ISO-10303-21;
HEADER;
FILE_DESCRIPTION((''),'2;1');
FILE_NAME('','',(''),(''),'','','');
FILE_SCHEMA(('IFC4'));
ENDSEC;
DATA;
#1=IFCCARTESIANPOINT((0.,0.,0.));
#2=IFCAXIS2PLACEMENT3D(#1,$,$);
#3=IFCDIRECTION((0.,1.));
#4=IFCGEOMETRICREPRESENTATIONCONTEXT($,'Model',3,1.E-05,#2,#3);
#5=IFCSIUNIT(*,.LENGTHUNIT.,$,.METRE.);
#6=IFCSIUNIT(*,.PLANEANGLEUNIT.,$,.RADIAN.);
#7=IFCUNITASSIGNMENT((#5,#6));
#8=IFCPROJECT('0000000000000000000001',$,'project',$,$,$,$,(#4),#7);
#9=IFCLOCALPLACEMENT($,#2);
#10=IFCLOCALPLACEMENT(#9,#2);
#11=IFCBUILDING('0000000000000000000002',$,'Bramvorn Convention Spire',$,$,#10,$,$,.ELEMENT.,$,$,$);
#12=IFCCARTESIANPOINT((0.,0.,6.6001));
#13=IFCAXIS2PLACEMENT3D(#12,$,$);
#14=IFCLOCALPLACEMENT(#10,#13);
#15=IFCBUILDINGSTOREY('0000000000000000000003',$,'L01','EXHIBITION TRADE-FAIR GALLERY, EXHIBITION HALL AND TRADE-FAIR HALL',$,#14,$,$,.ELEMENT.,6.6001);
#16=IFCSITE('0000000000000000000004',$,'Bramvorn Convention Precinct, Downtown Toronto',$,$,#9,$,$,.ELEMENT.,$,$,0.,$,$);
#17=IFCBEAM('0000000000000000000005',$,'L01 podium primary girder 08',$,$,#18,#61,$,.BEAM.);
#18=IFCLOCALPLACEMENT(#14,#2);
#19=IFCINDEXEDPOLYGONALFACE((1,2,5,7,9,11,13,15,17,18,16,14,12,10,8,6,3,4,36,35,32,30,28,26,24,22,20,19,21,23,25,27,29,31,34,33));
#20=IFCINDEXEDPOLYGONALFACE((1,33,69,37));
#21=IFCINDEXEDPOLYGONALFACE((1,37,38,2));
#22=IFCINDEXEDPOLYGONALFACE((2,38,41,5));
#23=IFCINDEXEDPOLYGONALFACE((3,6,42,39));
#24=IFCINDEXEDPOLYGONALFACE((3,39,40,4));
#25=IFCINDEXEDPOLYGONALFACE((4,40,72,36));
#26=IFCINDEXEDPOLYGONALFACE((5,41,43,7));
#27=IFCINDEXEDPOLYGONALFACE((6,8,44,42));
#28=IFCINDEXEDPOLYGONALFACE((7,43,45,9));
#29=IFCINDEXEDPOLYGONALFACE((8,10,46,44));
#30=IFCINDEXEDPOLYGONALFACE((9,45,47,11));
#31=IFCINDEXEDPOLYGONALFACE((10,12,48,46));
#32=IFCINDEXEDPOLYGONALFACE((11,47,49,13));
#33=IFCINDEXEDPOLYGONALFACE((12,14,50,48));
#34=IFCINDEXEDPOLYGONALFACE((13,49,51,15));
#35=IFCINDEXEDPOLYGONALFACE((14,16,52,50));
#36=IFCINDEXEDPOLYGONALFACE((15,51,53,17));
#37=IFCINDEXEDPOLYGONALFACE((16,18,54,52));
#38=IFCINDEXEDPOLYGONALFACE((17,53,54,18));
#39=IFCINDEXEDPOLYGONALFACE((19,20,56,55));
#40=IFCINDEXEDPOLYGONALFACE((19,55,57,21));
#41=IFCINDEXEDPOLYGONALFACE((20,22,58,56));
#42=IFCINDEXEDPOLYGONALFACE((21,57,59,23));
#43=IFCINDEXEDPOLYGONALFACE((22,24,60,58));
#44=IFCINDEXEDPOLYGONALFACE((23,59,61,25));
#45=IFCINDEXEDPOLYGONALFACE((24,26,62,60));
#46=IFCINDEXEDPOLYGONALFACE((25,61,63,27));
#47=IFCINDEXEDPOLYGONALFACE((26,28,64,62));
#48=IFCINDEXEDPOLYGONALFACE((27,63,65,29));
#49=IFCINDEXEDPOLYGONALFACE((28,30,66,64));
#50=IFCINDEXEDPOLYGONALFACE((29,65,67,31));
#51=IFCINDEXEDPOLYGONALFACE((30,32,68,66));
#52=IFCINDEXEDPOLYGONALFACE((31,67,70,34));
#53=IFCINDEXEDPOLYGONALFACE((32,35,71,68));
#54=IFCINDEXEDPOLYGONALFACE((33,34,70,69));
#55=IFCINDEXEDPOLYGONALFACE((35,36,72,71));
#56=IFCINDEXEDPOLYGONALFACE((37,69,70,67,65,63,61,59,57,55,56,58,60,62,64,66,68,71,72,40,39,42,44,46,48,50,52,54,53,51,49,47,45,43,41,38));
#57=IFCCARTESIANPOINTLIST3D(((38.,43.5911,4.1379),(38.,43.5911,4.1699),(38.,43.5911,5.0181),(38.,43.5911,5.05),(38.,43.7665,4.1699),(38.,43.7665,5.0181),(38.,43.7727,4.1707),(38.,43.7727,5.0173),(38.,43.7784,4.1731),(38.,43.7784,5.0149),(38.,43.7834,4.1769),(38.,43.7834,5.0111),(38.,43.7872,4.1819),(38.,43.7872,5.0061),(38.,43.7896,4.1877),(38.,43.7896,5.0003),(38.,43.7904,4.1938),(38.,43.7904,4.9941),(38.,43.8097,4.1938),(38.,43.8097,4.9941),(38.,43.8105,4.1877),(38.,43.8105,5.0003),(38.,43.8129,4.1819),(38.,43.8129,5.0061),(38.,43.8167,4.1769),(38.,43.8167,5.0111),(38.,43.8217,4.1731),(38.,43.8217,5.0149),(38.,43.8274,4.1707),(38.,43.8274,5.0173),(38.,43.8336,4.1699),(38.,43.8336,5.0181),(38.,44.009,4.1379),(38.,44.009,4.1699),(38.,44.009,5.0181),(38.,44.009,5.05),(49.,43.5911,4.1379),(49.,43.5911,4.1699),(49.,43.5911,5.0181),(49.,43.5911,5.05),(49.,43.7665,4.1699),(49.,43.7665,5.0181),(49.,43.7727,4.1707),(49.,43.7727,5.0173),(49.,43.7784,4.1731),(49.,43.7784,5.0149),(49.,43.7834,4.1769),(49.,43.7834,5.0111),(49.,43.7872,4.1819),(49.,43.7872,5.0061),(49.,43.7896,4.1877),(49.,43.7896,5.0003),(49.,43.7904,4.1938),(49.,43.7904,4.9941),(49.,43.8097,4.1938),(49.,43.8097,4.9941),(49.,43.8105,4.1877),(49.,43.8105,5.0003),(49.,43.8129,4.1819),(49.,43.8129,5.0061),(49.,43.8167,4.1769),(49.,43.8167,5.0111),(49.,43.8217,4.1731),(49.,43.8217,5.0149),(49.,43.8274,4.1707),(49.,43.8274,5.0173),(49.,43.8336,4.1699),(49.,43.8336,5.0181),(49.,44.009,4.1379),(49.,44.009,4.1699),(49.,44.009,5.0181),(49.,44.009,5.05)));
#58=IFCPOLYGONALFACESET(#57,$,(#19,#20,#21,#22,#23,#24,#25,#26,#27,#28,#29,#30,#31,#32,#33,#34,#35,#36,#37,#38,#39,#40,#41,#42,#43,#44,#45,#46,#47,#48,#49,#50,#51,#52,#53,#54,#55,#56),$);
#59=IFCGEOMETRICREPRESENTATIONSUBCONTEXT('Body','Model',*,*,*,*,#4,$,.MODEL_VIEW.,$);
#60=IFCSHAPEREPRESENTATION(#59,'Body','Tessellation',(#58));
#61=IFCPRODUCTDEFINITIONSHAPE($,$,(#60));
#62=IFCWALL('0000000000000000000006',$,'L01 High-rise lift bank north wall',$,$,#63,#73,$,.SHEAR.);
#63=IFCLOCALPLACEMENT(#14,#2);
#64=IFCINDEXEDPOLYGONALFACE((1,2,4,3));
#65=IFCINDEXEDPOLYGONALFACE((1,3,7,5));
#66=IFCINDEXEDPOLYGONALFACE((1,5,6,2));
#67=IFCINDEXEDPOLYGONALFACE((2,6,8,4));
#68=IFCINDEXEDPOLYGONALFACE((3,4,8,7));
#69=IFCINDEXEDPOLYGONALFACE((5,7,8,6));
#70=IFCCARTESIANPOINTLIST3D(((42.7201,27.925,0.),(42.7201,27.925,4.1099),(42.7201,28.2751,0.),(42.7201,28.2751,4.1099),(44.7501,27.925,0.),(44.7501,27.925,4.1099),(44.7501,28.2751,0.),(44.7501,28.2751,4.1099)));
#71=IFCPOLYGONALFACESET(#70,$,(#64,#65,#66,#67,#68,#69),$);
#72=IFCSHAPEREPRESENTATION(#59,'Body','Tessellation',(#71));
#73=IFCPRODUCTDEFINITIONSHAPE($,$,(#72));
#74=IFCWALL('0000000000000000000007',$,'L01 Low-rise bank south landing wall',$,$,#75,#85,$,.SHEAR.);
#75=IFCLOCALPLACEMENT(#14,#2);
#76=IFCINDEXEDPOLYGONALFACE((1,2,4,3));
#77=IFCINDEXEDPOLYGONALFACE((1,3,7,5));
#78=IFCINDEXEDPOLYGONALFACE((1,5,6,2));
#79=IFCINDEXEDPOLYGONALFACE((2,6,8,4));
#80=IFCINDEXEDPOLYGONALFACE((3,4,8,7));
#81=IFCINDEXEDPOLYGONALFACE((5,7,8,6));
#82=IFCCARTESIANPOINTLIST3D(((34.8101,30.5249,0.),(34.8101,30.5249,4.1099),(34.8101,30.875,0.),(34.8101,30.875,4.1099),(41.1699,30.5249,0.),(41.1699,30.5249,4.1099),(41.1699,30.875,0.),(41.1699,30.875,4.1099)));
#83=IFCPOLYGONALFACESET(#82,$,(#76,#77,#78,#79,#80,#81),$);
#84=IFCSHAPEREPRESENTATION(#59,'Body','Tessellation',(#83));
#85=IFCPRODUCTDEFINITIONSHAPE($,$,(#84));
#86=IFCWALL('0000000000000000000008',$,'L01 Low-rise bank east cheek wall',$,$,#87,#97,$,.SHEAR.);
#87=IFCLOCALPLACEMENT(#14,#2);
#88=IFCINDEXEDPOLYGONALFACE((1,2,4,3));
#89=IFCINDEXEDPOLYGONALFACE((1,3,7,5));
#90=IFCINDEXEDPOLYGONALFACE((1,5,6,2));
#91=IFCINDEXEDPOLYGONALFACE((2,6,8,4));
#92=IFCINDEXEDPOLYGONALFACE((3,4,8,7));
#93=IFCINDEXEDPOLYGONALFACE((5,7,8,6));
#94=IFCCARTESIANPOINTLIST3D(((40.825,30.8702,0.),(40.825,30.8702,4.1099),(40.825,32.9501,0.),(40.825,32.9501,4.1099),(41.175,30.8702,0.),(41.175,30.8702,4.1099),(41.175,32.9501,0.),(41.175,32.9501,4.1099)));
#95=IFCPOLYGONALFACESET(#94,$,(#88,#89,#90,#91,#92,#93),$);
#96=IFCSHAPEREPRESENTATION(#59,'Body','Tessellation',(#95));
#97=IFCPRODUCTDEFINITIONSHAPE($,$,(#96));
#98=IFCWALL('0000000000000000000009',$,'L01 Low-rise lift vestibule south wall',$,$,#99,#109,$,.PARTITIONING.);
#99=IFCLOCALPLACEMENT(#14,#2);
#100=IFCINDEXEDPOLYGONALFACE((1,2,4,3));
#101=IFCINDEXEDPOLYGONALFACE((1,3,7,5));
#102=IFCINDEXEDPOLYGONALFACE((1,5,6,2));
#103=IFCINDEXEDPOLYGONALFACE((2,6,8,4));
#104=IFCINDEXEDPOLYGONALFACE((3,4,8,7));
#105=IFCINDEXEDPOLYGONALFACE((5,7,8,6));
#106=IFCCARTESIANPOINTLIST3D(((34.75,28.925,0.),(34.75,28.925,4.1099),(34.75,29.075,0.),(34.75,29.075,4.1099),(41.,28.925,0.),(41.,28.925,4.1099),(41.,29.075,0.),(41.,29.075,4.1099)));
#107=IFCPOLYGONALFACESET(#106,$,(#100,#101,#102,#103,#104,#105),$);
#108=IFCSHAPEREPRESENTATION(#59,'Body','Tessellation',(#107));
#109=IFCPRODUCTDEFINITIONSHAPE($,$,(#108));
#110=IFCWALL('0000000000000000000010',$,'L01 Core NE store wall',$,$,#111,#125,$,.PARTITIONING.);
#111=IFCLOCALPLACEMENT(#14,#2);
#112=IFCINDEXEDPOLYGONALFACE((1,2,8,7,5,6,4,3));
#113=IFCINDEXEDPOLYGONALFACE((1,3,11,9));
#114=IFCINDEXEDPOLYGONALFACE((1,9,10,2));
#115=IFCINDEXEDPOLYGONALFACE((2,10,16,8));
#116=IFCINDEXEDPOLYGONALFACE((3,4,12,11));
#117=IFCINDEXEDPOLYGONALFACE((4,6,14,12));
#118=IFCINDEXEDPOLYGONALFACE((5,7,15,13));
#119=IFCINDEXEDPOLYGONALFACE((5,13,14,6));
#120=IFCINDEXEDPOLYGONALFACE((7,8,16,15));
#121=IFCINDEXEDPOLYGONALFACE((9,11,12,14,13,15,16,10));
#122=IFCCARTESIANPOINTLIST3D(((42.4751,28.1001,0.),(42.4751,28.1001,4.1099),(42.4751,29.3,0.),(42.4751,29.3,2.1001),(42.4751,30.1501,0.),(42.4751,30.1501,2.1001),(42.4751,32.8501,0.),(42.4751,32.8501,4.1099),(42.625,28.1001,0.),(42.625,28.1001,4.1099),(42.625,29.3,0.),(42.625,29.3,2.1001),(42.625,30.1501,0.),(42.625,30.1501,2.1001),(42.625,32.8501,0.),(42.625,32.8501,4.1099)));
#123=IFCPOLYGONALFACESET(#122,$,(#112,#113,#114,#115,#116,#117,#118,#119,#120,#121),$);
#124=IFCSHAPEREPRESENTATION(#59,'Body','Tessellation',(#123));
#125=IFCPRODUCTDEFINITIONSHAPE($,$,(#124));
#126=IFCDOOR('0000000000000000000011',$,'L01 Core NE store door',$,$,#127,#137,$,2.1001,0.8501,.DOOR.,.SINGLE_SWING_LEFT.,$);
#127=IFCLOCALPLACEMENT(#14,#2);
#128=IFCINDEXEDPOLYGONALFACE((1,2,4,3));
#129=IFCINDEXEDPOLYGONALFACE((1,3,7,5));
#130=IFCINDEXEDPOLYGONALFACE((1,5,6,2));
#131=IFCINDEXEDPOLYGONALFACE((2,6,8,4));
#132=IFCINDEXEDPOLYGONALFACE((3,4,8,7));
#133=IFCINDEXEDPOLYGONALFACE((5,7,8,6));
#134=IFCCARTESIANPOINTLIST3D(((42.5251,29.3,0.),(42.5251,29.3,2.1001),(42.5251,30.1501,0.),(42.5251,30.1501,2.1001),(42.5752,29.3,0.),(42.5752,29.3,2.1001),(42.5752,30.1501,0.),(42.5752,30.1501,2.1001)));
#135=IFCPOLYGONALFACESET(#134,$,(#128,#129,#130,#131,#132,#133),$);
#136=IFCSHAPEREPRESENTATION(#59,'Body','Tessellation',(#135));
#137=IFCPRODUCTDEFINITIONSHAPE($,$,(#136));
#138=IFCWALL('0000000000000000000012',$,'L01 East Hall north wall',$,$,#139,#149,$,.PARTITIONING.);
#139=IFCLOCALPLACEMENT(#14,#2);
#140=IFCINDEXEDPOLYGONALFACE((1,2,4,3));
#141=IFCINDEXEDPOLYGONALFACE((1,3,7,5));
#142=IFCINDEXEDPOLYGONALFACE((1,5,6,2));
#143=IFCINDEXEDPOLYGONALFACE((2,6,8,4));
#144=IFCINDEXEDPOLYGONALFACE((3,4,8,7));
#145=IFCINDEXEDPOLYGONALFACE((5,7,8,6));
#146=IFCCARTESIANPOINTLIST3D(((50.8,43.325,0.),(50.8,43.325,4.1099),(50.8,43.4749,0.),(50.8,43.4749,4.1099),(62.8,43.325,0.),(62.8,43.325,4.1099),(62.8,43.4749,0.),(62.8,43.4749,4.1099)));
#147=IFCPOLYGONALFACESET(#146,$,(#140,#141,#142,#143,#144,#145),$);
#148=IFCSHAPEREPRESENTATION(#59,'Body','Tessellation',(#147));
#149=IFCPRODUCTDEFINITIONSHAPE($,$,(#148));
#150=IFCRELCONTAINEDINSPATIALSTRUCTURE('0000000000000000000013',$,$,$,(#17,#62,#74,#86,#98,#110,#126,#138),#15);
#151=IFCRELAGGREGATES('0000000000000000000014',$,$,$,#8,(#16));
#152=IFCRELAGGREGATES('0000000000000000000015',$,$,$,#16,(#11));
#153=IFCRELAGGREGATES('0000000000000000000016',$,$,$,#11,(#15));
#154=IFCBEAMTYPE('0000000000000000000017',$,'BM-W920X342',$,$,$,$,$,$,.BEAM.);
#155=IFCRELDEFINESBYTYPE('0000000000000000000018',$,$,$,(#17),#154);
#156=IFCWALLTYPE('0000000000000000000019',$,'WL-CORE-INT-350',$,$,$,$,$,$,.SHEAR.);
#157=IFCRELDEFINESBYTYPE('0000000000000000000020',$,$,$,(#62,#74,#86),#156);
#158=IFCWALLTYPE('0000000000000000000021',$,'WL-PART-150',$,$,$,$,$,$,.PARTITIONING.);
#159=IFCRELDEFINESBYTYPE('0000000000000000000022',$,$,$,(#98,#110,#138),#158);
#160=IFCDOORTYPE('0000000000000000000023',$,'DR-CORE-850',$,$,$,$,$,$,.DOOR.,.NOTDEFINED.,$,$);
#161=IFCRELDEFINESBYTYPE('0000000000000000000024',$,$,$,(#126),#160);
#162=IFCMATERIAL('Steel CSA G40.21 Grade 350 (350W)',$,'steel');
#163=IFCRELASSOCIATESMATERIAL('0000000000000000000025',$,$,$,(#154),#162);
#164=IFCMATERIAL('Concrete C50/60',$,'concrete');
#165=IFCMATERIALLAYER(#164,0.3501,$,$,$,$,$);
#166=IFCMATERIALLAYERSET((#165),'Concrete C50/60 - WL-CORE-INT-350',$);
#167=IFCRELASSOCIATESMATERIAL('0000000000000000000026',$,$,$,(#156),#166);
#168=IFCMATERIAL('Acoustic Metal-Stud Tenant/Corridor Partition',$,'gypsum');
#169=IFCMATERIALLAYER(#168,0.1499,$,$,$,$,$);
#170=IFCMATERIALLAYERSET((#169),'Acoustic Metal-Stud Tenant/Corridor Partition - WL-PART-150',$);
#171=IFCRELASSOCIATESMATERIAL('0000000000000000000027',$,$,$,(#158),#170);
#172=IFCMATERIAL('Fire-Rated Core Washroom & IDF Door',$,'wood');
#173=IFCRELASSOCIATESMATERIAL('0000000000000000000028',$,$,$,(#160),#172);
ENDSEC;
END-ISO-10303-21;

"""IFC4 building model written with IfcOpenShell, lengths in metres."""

from ifc_helpers import new_model, si_unit, direction, frame, frame_2d, origin, origin_2d, place, context, subcontext, project, spatial, rectangle, i_section, extrude, material, layer, layer_set, material_profile, profile_set, type_object, element, fill, save


model = new_model("IFC4")

# Units and contexts
model_context = context("Model", 3, precision=1e-05, world=origin(), true_north=direction((0.0, 1.0)))
body_context = subcontext(model_context, "Body", "Model", "MODEL_VIEW")
ifc_project = project(units=[si_unit("LENGTHUNIT", "METRE"), si_unit("PLANEANGLEUNIT", "RADIAN")], contexts=[model_context])

# Site, building, storey
site_placement = place(None, origin())
site = spatial("IfcSite", under=ifc_project, at=site_placement, Name="Bramvorn Convention Precinct, Downtown Toronto", CompositionType="ELEMENT", RefElevation=0.0)
building_placement = place(site_placement, origin())
building = spatial("IfcBuilding", under=site, at=building_placement, Name="Bramvorn Convention Spire", CompositionType="ELEMENT")
storey_placement = place(building_placement, frame((0.0, 0.0, 6.6001)))
storey = spatial("IfcBuildingStorey", under=building, at=storey_placement, Name="L01", Description="EXHIBITION TRADE-FAIR GALLERY, EXHIBITION HALL AND TRADE-FAIR HALL", CompositionType="ELEMENT", Elevation=6.6001)

# Shared definitions
ifc_material_1 = material(Name="Steel CSA G40.21 Grade 350 (350W)", Category="steel")

# Beam
ifc_material_profile_1 = material_profile(ifc_material_1, i_section(OverallWidth=0.418, OverallDepth=0.9121, WebThickness=0.0193, FlangeThickness=0.032, FilletRadius=0.0239, at=origin_2d()))
ifc_profile_set_1 = profile_set([ifc_material_profile_1], Name="Steel CSA G40.21 Grade 350 (350W) - W920X342")
beam_type_1 = type_object("IfcBeamType", Name="BM-W920X342", PredefinedType="BEAM", material=ifc_profile_set_1)
beam_1_placement = place(storey_placement, frame((38.0, 43.8, 4.594), z_axis=(1.0, 0.0, 0.0), x_axis=(0.0, 1.0, 0.0)))
element("IfcBeam", 1, at=beam_1_placement, inside=storey, type_object=beam_type_1, Name="L01 podium primary girder 08", PredefinedType="BEAM", context=body_context, shape_type="SweptSolid", body=[
    extrude(i_section(OverallWidth=0.418, OverallDepth=0.9121, WebThickness=0.0193, FlangeThickness=0.032, FilletRadius=0.0239, at=origin_2d()), origin(), (0.0, 0.0, 1.0), 11.0),
])

# Shared definitions
ifc_material_2 = material(Name="Concrete C50/60", Category="concrete")
ifc_layer_1 = layer(ifc_material_2, 0.3501)
ifc_layer_set_1 = layer_set([ifc_layer_1], Name="Concrete C50/60 - WL-CORE-INT-350")
wall_type_1 = type_object("IfcWallType", Name="WL-CORE-INT-350", PredefinedType="SHEAR", material=ifc_layer_set_1)

# Walls
wall_1_placement = place(storey_placement, frame((42.72, 28.1001, 0.0), z_axis=(0.0, 0.0, 1.0), x_axis=(1.0, 0.0, 0.0)))
element("IfcWall", 2, at=wall_1_placement, inside=storey, type_object=wall_type_1, Name="L01 High-rise lift bank north wall", PredefinedType="SHEAR", context=body_context, shape_type="SweptSolid", body=[
    extrude(rectangle(XDim=2.03, YDim=0.3501, at=frame_2d((1.0151, 0.0))), origin(), (0.0, 0.0, 1.0), 4.1099),
])
wall_2_placement = place(storey_placement, frame((34.8101, 30.7, 0.0), z_axis=(0.0, 0.0, 1.0), x_axis=(1.0, 0.0, 0.0)))
element("IfcWall", 3, at=wall_2_placement, inside=storey, type_object=wall_type_1, Name="L01 Low-rise bank south landing wall", PredefinedType="SHEAR", context=body_context, shape_type="SweptSolid", body=[
    extrude(rectangle(XDim=6.3599, YDim=0.3501, at=frame_2d((3.1799, 0.0))), origin(), (0.0, 0.0, 1.0), 4.1099),
])
wall_3_placement = place(storey_placement, frame((41.0, 30.8701, 0.0), z_axis=(0.0, 0.0, 1.0), x_axis=(0.0, 1.0, 0.0)))
element("IfcWall", 4, at=wall_3_placement, inside=storey, type_object=wall_type_1, Name="L01 Low-rise bank east cheek wall", PredefinedType="SHEAR", context=body_context, shape_type="SweptSolid", body=[
    extrude(rectangle(XDim=2.0798, YDim=0.3501, at=frame_2d((1.04, 0.0))), origin(), (0.0, 0.0, 1.0), 4.1099),
])
ifc_material_3 = material(Name="Acoustic Metal-Stud Tenant/Corridor Partition", Category="gypsum")
ifc_layer_2 = layer(ifc_material_3, 0.1499)
ifc_layer_set_2 = layer_set([ifc_layer_2], Name="Acoustic Metal-Stud Tenant/Corridor Partition - WL-PART-150")
wall_type_2 = type_object("IfcWallType", Name="WL-PART-150", PredefinedType="PARTITIONING", material=ifc_layer_set_2)
wall_4_placement = place(storey_placement, frame((34.75, 29.0, 0.0), z_axis=(0.0, 0.0, 1.0), x_axis=(1.0, 0.0, 0.0)))
element("IfcWall", 5, at=wall_4_placement, inside=storey, type_object=wall_type_2, Name="L01 Low-rise lift vestibule south wall", PredefinedType="PARTITIONING", context=body_context, shape_type="SweptSolid", body=[
    extrude(rectangle(XDim=6.25, YDim=0.1499, at=frame_2d((3.125, 0.0))), origin(), (0.0, 0.0, 1.0), 4.1099),
])

# Wall, opening, door
wall_5_placement = place(storey_placement, frame((42.55, 28.1001, 0.0), z_axis=(0.0, 0.0, 1.0), x_axis=(0.0, 1.0, 0.0)))
wall_5 = element("IfcWall", 6, at=wall_5_placement, inside=storey, type_object=wall_type_2, Name="L01 Core NE store wall", PredefinedType="PARTITIONING", context=body_context, shape_type="SweptSolid", body=[
    extrude(rectangle(XDim=4.75, YDim=0.1499, at=frame_2d((2.375, 0.0))), origin(), (0.0, 0.0, 1.0), 4.1099),
])
opening_1_placement = place(wall_5_placement, frame((1.2, 0.0, 0.0)))
opening_1 = element("IfcOpeningElement", 7, at=opening_1_placement, cuts=wall_5, PredefinedType="OPENING", context=body_context, shape_type="SweptSolid", body=[
    extrude(rectangle(XDim=0.8501, YDim=2.1001, at=frame_2d((0.425, 1.05))), frame((0.0, 0.085, 0.0), z_axis=(0.0, -1.0, 0.0), x_axis=(1.0, 0.0, 0.0)), (0.0, 0.0, 1.0), 0.1699),
])
ifc_material_4 = material(Name="Fire-Rated Core Washroom & IDF Door", Category="wood")
door_type_1 = type_object("IfcDoorType", Name="DR-CORE-850", OperationType="NOTDEFINED", PredefinedType="DOOR", material=ifc_material_4)
door_1_placement = place(opening_1_placement, origin())
door_1 = element("IfcDoor", 8, at=door_1_placement, inside=storey, type_object=door_type_1, Name="L01 Core NE store door", OperationType="SINGLE_SWING_LEFT", OverallHeight=2.1001, OverallWidth=0.8501, PredefinedType="DOOR", context=body_context, shape_type="SweptSolid", body=[
    extrude(rectangle(XDim=0.8501, YDim=2.1001, at=frame_2d((0.425, 1.05))), frame((0.0, 0.0249, 0.0), z_axis=(0.0, -1.0, 0.0), x_axis=(1.0, 0.0, 0.0)), (0.0, 0.0, 1.0), 0.05),
])
fill(opening_1, door_1)

# Wall
wall_6_placement = place(storey_placement, frame((50.8, 43.3999, 0.0), z_axis=(0.0, 0.0, 1.0), x_axis=(1.0, 0.0, 0.0)))
element("IfcWall", 9, at=wall_6_placement, inside=storey, type_object=wall_type_2, Name="L01 East Hall north wall", PredefinedType="PARTITIONING", context=body_context, shape_type="SweptSolid", body=[
    extrude(rectangle(XDim=12.0, YDim=0.1499, at=frame_2d((6.0, 0.0))), origin(), (0.0, 0.0, 1.0), 4.1099),
])

save(model, "model.ifc")
